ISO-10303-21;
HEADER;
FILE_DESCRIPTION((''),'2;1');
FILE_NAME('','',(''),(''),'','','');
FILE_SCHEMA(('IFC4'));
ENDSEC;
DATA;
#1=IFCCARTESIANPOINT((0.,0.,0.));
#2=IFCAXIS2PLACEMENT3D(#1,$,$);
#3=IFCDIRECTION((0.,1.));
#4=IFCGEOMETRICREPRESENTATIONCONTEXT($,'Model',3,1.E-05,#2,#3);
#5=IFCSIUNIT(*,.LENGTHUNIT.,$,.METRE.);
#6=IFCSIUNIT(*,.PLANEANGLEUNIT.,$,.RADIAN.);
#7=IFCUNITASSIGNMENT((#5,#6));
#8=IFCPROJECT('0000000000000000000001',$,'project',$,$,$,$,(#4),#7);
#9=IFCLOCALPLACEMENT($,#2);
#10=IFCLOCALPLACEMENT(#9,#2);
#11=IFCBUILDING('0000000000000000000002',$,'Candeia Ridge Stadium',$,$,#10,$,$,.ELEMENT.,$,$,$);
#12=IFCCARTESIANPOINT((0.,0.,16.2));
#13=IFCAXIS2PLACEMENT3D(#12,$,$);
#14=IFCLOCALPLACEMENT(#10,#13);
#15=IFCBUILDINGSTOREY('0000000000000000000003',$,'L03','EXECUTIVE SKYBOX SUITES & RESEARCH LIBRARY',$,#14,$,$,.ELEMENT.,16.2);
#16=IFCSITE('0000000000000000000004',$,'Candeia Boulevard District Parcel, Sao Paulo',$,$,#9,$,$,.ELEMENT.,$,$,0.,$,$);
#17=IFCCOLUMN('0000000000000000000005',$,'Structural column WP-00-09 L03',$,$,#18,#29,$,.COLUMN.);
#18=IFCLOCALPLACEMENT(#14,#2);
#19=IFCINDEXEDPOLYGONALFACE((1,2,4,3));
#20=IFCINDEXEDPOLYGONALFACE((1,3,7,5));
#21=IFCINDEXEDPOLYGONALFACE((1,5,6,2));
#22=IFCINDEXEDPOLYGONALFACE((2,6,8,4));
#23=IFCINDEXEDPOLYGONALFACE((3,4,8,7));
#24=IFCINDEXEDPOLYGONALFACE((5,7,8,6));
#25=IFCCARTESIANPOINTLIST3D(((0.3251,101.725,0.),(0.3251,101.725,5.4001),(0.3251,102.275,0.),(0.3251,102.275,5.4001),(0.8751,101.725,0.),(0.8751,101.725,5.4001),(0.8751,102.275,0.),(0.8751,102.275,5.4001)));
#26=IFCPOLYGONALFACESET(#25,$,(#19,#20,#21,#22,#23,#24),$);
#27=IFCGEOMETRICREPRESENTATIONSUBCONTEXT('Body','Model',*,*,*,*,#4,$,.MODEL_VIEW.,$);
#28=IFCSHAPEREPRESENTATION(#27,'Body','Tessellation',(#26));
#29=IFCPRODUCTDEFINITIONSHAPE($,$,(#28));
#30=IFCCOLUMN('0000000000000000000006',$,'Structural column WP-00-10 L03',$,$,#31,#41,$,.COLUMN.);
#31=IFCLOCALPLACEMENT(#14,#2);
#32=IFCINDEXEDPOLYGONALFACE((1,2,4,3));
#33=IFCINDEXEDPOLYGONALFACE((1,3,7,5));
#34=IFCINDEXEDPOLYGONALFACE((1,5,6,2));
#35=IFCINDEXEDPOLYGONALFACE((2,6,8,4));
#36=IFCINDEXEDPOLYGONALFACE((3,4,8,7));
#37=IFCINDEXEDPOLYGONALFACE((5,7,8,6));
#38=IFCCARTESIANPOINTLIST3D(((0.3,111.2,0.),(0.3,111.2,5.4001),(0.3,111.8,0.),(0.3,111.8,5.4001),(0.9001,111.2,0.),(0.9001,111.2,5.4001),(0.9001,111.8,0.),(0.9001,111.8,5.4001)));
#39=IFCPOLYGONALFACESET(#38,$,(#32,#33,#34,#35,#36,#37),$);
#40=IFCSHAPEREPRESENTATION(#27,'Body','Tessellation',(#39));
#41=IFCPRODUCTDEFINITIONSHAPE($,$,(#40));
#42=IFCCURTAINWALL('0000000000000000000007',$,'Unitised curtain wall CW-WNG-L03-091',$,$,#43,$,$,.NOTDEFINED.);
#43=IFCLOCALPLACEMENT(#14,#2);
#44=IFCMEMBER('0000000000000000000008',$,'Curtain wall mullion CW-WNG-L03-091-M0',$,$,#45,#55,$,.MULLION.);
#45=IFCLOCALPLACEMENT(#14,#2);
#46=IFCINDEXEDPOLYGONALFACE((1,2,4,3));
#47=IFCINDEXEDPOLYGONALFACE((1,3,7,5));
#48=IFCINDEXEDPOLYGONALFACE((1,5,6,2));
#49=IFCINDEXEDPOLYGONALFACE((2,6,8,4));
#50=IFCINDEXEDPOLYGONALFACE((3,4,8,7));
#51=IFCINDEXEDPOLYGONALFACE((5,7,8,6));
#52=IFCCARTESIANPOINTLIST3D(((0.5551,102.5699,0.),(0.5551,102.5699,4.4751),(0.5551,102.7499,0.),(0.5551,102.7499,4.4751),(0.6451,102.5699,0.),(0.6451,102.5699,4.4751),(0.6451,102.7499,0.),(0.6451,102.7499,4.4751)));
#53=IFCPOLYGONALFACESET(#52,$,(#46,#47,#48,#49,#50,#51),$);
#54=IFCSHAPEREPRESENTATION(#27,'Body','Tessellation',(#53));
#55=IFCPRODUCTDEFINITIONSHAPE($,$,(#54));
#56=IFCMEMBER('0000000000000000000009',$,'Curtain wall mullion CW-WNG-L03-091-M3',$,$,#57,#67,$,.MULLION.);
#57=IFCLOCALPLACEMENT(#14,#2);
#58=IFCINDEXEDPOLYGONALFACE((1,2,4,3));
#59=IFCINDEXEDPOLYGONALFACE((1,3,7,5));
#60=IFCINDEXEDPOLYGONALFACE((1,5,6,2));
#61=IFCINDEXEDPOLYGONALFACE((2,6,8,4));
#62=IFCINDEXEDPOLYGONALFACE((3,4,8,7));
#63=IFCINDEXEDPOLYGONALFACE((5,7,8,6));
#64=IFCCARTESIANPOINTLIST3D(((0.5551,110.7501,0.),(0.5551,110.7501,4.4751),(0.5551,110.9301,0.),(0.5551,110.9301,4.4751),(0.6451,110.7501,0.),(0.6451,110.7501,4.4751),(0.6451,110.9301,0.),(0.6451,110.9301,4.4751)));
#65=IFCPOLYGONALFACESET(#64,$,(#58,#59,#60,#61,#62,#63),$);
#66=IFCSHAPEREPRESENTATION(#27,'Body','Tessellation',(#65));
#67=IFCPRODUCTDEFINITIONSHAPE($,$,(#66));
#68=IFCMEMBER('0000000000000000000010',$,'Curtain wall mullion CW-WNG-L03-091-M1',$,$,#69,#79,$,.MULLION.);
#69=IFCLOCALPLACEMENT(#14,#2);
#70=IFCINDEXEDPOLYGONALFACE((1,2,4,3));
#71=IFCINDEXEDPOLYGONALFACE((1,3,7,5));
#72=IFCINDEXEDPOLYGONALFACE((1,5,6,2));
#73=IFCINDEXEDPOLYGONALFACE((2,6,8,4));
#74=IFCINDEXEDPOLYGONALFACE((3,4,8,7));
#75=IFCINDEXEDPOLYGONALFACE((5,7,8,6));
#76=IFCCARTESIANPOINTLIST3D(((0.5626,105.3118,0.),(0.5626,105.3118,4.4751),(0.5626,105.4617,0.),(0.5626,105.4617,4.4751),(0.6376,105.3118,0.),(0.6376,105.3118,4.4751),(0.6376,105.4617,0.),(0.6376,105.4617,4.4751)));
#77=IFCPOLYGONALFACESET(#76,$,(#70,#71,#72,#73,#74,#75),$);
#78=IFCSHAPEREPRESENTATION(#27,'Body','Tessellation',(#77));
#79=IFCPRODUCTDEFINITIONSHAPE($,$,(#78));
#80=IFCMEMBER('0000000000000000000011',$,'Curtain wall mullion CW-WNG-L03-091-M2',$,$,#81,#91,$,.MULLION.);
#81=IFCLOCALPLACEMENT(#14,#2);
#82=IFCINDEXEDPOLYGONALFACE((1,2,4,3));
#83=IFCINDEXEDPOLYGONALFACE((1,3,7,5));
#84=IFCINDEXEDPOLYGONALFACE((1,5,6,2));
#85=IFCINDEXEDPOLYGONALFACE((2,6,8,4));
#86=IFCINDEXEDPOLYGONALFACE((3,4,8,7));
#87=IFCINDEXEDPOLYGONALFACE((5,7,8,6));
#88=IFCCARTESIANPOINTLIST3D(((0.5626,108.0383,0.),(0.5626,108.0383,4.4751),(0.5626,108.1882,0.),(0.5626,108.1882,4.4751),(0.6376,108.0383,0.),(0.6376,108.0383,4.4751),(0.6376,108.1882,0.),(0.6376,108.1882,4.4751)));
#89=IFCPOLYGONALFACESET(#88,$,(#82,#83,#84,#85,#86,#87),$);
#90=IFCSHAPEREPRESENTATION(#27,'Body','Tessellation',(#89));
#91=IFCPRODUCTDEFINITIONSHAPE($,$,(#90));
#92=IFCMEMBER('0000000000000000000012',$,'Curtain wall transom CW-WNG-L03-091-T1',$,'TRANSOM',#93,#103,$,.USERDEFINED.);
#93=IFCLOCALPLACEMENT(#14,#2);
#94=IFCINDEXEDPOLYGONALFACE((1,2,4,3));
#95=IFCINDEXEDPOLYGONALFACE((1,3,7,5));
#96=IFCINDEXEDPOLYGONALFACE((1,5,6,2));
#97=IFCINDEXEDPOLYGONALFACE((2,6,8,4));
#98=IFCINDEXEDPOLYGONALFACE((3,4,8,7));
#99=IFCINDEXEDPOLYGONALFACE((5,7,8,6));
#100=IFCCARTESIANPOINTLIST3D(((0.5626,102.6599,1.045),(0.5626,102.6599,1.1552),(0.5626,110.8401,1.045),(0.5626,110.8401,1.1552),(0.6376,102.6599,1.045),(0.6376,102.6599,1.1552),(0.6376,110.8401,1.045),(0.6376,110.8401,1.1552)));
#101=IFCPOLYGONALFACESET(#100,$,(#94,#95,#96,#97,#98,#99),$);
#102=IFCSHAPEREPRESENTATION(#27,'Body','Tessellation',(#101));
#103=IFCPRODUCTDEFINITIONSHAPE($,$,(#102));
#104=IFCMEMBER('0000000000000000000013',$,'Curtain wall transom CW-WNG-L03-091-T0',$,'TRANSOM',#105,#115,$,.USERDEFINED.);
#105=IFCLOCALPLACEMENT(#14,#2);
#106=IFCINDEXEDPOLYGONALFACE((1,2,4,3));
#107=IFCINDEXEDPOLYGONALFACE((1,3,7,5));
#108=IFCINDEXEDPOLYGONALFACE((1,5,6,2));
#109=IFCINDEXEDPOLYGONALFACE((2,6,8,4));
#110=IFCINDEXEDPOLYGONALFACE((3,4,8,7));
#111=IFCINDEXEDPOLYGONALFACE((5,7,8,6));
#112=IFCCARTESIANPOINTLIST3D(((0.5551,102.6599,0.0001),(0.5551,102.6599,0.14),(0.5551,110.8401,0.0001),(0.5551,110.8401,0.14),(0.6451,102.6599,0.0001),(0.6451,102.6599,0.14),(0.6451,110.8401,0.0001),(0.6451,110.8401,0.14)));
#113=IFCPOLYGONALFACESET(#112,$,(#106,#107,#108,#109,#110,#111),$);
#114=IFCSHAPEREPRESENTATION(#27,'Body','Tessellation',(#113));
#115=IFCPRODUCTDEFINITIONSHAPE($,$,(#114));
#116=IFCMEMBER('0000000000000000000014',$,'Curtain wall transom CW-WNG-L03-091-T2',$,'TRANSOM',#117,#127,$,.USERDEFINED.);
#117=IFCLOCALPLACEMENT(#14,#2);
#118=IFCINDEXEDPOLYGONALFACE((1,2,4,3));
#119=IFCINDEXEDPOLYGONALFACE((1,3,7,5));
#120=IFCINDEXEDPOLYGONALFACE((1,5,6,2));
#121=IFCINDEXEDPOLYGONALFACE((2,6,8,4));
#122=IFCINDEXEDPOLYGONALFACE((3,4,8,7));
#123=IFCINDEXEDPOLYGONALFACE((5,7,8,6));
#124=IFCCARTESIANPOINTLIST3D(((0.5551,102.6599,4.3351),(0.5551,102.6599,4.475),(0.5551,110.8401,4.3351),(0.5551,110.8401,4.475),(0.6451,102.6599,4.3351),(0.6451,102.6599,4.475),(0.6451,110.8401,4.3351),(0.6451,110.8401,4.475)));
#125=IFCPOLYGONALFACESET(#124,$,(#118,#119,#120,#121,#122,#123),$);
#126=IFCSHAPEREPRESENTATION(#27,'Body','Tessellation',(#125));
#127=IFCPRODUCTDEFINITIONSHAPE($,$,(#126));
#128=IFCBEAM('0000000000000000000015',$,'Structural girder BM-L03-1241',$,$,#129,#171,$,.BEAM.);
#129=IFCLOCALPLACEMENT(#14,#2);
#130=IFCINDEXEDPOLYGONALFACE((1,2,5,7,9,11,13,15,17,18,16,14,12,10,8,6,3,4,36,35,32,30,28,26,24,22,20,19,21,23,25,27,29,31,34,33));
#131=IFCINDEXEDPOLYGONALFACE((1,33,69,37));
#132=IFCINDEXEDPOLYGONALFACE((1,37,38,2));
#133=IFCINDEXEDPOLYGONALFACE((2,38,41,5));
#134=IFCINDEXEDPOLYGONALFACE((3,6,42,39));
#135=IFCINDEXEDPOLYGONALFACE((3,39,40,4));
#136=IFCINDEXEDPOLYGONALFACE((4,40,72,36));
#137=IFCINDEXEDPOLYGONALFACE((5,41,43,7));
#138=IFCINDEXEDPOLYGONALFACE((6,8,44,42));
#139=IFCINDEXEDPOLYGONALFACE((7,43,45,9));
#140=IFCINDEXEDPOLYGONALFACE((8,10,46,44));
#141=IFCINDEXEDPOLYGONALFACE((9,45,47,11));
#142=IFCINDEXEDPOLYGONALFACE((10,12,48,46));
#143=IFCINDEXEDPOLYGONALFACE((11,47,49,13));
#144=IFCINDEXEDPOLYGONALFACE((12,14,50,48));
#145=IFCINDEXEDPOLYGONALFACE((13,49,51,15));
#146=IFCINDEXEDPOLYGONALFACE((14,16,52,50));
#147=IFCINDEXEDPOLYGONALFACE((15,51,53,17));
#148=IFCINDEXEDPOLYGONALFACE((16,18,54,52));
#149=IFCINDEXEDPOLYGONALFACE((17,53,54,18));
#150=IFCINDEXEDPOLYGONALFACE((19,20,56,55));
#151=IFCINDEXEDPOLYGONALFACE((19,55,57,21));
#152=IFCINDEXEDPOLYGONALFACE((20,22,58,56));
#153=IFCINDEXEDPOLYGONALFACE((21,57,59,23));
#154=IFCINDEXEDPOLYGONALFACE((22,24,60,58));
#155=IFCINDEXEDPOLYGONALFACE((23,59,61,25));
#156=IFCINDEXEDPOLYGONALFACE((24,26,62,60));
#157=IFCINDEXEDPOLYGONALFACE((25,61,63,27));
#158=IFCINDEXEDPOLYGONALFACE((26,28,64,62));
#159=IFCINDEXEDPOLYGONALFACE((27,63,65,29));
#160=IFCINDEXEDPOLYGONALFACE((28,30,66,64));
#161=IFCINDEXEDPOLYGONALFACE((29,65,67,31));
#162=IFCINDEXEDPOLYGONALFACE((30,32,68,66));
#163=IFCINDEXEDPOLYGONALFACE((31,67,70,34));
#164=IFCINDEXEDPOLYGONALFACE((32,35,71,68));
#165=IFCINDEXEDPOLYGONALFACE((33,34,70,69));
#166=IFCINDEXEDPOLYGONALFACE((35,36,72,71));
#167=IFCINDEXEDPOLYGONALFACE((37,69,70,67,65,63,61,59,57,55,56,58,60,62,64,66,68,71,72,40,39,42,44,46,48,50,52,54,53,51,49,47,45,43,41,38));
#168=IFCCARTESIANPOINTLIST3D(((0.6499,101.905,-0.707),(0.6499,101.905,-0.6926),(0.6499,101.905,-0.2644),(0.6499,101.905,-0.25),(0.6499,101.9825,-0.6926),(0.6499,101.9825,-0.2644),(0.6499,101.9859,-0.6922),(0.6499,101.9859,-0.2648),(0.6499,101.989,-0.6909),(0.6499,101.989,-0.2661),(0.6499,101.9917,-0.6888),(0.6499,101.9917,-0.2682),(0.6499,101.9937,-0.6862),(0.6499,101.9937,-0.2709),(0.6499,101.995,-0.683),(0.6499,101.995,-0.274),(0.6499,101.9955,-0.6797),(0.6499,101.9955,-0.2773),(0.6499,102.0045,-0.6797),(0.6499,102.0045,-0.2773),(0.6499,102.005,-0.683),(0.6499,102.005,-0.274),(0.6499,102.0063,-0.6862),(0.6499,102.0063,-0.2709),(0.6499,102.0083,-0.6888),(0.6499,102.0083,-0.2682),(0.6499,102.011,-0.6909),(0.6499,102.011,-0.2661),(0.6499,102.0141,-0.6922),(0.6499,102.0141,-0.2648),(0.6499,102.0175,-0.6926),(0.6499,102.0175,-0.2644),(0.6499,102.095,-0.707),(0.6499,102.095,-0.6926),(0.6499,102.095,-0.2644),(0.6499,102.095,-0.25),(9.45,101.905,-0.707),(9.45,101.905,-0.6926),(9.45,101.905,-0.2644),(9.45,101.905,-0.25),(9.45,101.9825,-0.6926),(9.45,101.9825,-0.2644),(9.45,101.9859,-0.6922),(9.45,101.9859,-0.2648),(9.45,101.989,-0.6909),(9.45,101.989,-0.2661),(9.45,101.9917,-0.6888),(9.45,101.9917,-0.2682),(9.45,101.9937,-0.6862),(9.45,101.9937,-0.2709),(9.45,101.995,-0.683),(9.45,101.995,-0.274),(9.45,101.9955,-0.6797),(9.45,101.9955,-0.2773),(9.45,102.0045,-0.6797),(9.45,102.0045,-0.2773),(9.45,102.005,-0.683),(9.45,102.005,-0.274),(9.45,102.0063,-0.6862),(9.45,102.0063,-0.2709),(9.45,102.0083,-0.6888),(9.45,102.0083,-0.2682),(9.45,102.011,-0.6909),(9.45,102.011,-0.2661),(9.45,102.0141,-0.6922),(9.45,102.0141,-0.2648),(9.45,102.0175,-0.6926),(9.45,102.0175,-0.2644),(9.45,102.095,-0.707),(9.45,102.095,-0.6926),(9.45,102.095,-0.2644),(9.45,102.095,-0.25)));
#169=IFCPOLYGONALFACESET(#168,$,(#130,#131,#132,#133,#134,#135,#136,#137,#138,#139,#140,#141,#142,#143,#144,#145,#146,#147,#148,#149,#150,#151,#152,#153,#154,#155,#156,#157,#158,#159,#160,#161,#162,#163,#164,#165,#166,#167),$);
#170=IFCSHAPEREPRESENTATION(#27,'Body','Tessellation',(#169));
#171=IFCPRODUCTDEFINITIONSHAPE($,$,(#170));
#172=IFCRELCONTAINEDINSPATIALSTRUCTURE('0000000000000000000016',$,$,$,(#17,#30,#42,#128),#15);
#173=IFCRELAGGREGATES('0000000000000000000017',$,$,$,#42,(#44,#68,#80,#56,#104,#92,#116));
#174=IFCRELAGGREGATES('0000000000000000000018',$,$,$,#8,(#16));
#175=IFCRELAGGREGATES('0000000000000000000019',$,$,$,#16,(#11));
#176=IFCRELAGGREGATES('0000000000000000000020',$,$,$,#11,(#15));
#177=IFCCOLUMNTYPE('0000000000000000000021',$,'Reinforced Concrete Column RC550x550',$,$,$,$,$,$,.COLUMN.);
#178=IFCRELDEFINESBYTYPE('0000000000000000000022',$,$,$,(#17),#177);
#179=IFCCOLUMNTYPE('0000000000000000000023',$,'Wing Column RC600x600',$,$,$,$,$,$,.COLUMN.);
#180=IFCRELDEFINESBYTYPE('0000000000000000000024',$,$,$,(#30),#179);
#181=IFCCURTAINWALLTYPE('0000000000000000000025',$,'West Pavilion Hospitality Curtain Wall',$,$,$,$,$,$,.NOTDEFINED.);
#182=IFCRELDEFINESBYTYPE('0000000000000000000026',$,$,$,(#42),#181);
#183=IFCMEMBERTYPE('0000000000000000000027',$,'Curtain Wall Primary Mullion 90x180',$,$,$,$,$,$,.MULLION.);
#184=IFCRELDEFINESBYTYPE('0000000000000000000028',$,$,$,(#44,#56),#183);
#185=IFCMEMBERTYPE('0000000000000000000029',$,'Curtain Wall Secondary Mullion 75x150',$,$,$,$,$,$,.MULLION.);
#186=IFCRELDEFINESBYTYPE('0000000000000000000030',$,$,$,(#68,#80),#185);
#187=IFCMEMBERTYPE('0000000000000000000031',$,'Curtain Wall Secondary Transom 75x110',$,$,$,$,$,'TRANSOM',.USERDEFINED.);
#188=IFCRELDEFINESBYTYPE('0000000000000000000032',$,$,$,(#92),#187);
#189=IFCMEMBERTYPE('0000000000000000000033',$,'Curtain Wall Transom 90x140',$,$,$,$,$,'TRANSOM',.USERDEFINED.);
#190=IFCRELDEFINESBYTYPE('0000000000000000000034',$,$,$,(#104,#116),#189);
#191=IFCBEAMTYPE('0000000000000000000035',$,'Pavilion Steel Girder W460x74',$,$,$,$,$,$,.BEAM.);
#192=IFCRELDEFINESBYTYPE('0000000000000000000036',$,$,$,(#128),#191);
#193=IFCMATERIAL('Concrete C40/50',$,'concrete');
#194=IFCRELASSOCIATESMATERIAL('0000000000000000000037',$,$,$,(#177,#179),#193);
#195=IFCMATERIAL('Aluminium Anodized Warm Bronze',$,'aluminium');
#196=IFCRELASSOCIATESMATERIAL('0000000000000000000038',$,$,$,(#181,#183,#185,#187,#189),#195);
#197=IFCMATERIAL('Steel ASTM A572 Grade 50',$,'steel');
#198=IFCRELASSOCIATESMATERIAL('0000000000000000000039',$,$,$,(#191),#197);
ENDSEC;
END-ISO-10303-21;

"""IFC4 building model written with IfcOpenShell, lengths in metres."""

from ifc_helpers import new_model, si_unit, direction, frame, origin, origin_2d, place, context, subcontext, project, spatial, rectangle, i_section, extrude, material, material_profile, profile_set, type_object, element, aggregate, save


model = new_model("IFC4")

# Units and contexts
model_context = context("Model", 3, precision=1e-05, world=origin(), true_north=direction((0.0, 1.0)))
body_context = subcontext(model_context, "Body", "Model", "MODEL_VIEW")
ifc_project = project(units=[si_unit("LENGTHUNIT", "METRE"), si_unit("PLANEANGLEUNIT", "RADIAN")], contexts=[model_context])

# Site, building, storey
site_placement = place(None, origin())
site = spatial("IfcSite", under=ifc_project, at=site_placement, Name="Candeia Boulevard District Parcel, Sao Paulo", CompositionType="ELEMENT", RefElevation=0.0)
building_placement = place(site_placement, origin())
building = spatial("IfcBuilding", under=site, at=building_placement, Name="Candeia Ridge Stadium", CompositionType="ELEMENT")
storey_placement = place(building_placement, frame((0.0, 0.0, 16.2)))
storey = spatial("IfcBuildingStorey", under=building, at=storey_placement, Name="L03", Description="EXECUTIVE SKYBOX SUITES & RESEARCH LIBRARY", CompositionType="ELEMENT", Elevation=16.2)

# Columns
ifc_material_1 = material(Name="Concrete C40/50", Category="concrete")
ifc_material_profile_1 = material_profile(ifc_material_1, rectangle(XDim=0.55, YDim=0.55, at=origin_2d()), Name="RC550x550", Category="concrete")
ifc_profile_set_1 = profile_set([ifc_material_profile_1], Name="Concrete C40/50")
column_type_1 = type_object("IfcColumnType", Name="Reinforced Concrete Column RC550x550", PredefinedType="COLUMN", material=ifc_profile_set_1)
column_1_placement = place(storey_placement, frame((0.6001, 102.0, 0.0), z_axis=(0.0, 0.0, 1.0), x_axis=(1.0, 0.0, 0.0)))
element("IfcColumn", 1, at=column_1_placement, inside=storey, type_object=column_type_1, Name="Structural column WP-00-09 L03", PredefinedType="COLUMN", context=body_context, shape_type="SweptSolid", body=[
    extrude(rectangle(XDim=0.55, YDim=0.55, at=origin_2d()), origin(), (0.0, 0.0, 1.0), 5.4001),
])
ifc_material_profile_2 = material_profile(ifc_material_1, rectangle(XDim=0.6001, YDim=0.6001, at=origin_2d()), Name="RC600x600", Category="concrete")
ifc_profile_set_2 = profile_set([ifc_material_profile_2], Name="Concrete C40/50")
column_type_2 = type_object("IfcColumnType", Name="Wing Column RC600x600", PredefinedType="COLUMN", material=ifc_profile_set_2)
column_2_placement = place(storey_placement, frame((0.6001, 111.5, 0.0), z_axis=(0.0, 0.0, 1.0), x_axis=(1.0, 0.0, 0.0)))
element("IfcColumn", 2, at=column_2_placement, inside=storey, type_object=column_type_2, Name="Structural column WP-00-10 L03", PredefinedType="COLUMN", context=body_context, shape_type="SweptSolid", body=[
    extrude(rectangle(XDim=0.6001, YDim=0.6001, at=origin_2d()), origin(), (0.0, 0.0, 1.0), 5.4001),
])

# Curtain wall, members
ifc_material_2 = material(Name="Aluminium Anodized Warm Bronze", Category="aluminium")
curtain_wall_type = type_object("IfcCurtainWallType", Name="West Pavilion Hospitality Curtain Wall", PredefinedType="NOTDEFINED", material=ifc_material_2)
curtain_wall_placement = place(storey_placement, origin())
curtain_wall = element("IfcCurtainWall", 3, at=curtain_wall_placement, inside=storey, type_object=curtain_wall_type, Name="Unitised curtain wall CW-WNG-L03-091", PredefinedType="NOTDEFINED")
ifc_material_profile_3 = material_profile(ifc_material_2, rectangle(XDim=0.0901, YDim=0.1799, at=origin_2d()), Name="CWM-90x180", Category="aluminium")
ifc_profile_set_3 = profile_set([ifc_material_profile_3], Name="Aluminium Anodized Warm Bronze")
member_type_1 = type_object("IfcMemberType", Name="Curtain Wall Primary Mullion 90x180", PredefinedType="MULLION", material=ifc_profile_set_3)
member_1_placement = place(storey_placement, frame((0.6001, 102.6599, 0.0), z_axis=(0.0, 0.0, 1.0), x_axis=(1.0, 0.0, 0.0)))
member_1 = element("IfcMember", 4, at=member_1_placement, type_object=member_type_1, Name="Curtain wall mullion CW-WNG-L03-091-M0", PredefinedType="MULLION", context=body_context, shape_type="SweptSolid", body=[
    extrude(rectangle(XDim=0.0901, YDim=0.1799, at=origin_2d()), origin(), (0.0, 0.0, 1.0), 4.4751),
])
member_2_placement = place(storey_placement, frame((0.6001, 110.8401, 0.0), z_axis=(0.0, 0.0, 1.0), x_axis=(1.0, 0.0, 0.0)))
member_2 = element("IfcMember", 5, at=member_2_placement, type_object=member_type_1, Name="Curtain wall mullion CW-WNG-L03-091-M3", PredefinedType="MULLION", context=body_context, shape_type="SweptSolid", body=[
    extrude(rectangle(XDim=0.0901, YDim=0.1799, at=origin_2d()), origin(), (0.0, 0.0, 1.0), 4.4751),
])
ifc_material_profile_4 = material_profile(ifc_material_2, rectangle(XDim=0.075, YDim=0.1499, at=origin_2d()), Name="CWM-75x150", Category="aluminium")
ifc_profile_set_4 = profile_set([ifc_material_profile_4], Name="Aluminium Anodized Warm Bronze")
member_type_2 = type_object("IfcMemberType", Name="Curtain Wall Secondary Mullion 75x150", PredefinedType="MULLION", material=ifc_profile_set_4)
member_3_placement = place(storey_placement, frame((0.6001, 105.3867, 0.0), z_axis=(0.0, 0.0, 1.0), x_axis=(1.0, 0.0, 0.0)))
member_3 = element("IfcMember", 6, at=member_3_placement, type_object=member_type_2, Name="Curtain wall mullion CW-WNG-L03-091-M1", PredefinedType="MULLION", context=body_context, shape_type="SweptSolid", body=[
    extrude(rectangle(XDim=0.075, YDim=0.1499, at=origin_2d()), origin(), (0.0, 0.0, 1.0), 4.4751),
])
member_4_placement = place(storey_placement, frame((0.6001, 108.1133, 0.0), z_axis=(0.0, 0.0, 1.0), x_axis=(1.0, 0.0, 0.0)))
member_4 = element("IfcMember", 7, at=member_4_placement, type_object=member_type_2, Name="Curtain wall mullion CW-WNG-L03-091-M2", PredefinedType="MULLION", context=body_context, shape_type="SweptSolid", body=[
    extrude(rectangle(XDim=0.075, YDim=0.1499, at=origin_2d()), origin(), (0.0, 0.0, 1.0), 4.4751),
])
ifc_material_profile_5 = material_profile(ifc_material_2, rectangle(XDim=0.075, YDim=0.1101, at=origin_2d()), Name="CWT-75x110", Category="aluminium")
ifc_profile_set_5 = profile_set([ifc_material_profile_5], Name="Aluminium Anodized Warm Bronze")
member_type_3 = type_object("IfcMemberType", Name="Curtain Wall Secondary Transom 75x110", ElementType="TRANSOM", PredefinedType="USERDEFINED", material=ifc_profile_set_5)
member_5_placement = place(storey_placement, frame((0.6001, 102.6599, 1.1001), z_axis=(0.0, 1.0, 0.0), x_axis=(-1.0, 0.0, 0.0)))
member_5 = element("IfcMember", 8, at=member_5_placement, type_object=member_type_3, Name="Curtain wall transom CW-WNG-L03-091-T1", ObjectType="TRANSOM", PredefinedType="USERDEFINED", context=body_context, shape_type="SweptSolid", body=[
    extrude(rectangle(XDim=0.075, YDim=0.1101, at=origin_2d()), origin(), (0.0, 0.0, 1.0), 8.1802),
])
ifc_material_profile_6 = material_profile(ifc_material_2, rectangle(XDim=0.0901, YDim=0.1399, at=origin_2d()), Name="CWT-90x140", Category="aluminium")
ifc_profile_set_6 = profile_set([ifc_material_profile_6], Name="Aluminium Anodized Warm Bronze")
member_type_4 = type_object("IfcMemberType", Name="Curtain Wall Transom 90x140", ElementType="TRANSOM", PredefinedType="USERDEFINED", material=ifc_profile_set_6)
member_6_placement = place(storey_placement, frame((0.6001, 102.6599, 0.0701), z_axis=(0.0, 1.0, 0.0), x_axis=(-1.0, 0.0, 0.0)))
member_6 = element("IfcMember", 9, at=member_6_placement, type_object=member_type_4, Name="Curtain wall transom CW-WNG-L03-091-T0", ObjectType="TRANSOM", PredefinedType="USERDEFINED", context=body_context, shape_type="SweptSolid", body=[
    extrude(rectangle(XDim=0.0901, YDim=0.1399, at=origin_2d()), origin(), (0.0, 0.0, 1.0), 8.1802),
])
member_7_placement = place(storey_placement, frame((0.6001, 102.6599, 4.405), z_axis=(0.0, 1.0, 0.0), x_axis=(-1.0, 0.0, 0.0)))
member_7 = element("IfcMember", 10, at=member_7_placement, type_object=member_type_4, Name="Curtain wall transom CW-WNG-L03-091-T2", ObjectType="TRANSOM", PredefinedType="USERDEFINED", context=body_context, shape_type="SweptSolid", body=[
    extrude(rectangle(XDim=0.0901, YDim=0.1399, at=origin_2d()), origin(), (0.0, 0.0, 1.0), 8.1802),
])

# Beam
ifc_material_3 = material(Name="Steel ASTM A572 Grade 50", Category="steel")
ifc_material_profile_7 = material_profile(ifc_material_3, i_section(OverallWidth=0.1899, OverallDepth=0.457, WebThickness=0.009, FlangeThickness=0.0144, FilletRadius=0.0129, at=origin_2d()), Name="W460x74", Category="steel")
ifc_profile_set_7 = profile_set([ifc_material_profile_7], Name="Steel ASTM A572 Grade 50")
beam_type_1 = type_object("IfcBeamType", Name="Pavilion Steel Girder W460x74", PredefinedType="BEAM", material=ifc_profile_set_7)
beam_1_placement = place(storey_placement, frame((0.6499, 102.0, -0.4785), z_axis=(1.0, 0.0, 0.0), x_axis=(0.0, 1.0, 0.0)))
element("IfcBeam", 11, at=beam_1_placement, inside=storey, type_object=beam_type_1, Name="Structural girder BM-L03-1241", PredefinedType="BEAM", context=body_context, shape_type="SweptSolid", body=[
    extrude(i_section(OverallWidth=0.1899, OverallDepth=0.457, WebThickness=0.009, FlangeThickness=0.0144, FilletRadius=0.0129, at=origin_2d()), origin(), (0.0, 0.0, 1.0), 8.8),
])

aggregate(curtain_wall, [member_1, member_3, member_4, member_2, member_6, member_5, member_7])

save(model, "model.ifc")
